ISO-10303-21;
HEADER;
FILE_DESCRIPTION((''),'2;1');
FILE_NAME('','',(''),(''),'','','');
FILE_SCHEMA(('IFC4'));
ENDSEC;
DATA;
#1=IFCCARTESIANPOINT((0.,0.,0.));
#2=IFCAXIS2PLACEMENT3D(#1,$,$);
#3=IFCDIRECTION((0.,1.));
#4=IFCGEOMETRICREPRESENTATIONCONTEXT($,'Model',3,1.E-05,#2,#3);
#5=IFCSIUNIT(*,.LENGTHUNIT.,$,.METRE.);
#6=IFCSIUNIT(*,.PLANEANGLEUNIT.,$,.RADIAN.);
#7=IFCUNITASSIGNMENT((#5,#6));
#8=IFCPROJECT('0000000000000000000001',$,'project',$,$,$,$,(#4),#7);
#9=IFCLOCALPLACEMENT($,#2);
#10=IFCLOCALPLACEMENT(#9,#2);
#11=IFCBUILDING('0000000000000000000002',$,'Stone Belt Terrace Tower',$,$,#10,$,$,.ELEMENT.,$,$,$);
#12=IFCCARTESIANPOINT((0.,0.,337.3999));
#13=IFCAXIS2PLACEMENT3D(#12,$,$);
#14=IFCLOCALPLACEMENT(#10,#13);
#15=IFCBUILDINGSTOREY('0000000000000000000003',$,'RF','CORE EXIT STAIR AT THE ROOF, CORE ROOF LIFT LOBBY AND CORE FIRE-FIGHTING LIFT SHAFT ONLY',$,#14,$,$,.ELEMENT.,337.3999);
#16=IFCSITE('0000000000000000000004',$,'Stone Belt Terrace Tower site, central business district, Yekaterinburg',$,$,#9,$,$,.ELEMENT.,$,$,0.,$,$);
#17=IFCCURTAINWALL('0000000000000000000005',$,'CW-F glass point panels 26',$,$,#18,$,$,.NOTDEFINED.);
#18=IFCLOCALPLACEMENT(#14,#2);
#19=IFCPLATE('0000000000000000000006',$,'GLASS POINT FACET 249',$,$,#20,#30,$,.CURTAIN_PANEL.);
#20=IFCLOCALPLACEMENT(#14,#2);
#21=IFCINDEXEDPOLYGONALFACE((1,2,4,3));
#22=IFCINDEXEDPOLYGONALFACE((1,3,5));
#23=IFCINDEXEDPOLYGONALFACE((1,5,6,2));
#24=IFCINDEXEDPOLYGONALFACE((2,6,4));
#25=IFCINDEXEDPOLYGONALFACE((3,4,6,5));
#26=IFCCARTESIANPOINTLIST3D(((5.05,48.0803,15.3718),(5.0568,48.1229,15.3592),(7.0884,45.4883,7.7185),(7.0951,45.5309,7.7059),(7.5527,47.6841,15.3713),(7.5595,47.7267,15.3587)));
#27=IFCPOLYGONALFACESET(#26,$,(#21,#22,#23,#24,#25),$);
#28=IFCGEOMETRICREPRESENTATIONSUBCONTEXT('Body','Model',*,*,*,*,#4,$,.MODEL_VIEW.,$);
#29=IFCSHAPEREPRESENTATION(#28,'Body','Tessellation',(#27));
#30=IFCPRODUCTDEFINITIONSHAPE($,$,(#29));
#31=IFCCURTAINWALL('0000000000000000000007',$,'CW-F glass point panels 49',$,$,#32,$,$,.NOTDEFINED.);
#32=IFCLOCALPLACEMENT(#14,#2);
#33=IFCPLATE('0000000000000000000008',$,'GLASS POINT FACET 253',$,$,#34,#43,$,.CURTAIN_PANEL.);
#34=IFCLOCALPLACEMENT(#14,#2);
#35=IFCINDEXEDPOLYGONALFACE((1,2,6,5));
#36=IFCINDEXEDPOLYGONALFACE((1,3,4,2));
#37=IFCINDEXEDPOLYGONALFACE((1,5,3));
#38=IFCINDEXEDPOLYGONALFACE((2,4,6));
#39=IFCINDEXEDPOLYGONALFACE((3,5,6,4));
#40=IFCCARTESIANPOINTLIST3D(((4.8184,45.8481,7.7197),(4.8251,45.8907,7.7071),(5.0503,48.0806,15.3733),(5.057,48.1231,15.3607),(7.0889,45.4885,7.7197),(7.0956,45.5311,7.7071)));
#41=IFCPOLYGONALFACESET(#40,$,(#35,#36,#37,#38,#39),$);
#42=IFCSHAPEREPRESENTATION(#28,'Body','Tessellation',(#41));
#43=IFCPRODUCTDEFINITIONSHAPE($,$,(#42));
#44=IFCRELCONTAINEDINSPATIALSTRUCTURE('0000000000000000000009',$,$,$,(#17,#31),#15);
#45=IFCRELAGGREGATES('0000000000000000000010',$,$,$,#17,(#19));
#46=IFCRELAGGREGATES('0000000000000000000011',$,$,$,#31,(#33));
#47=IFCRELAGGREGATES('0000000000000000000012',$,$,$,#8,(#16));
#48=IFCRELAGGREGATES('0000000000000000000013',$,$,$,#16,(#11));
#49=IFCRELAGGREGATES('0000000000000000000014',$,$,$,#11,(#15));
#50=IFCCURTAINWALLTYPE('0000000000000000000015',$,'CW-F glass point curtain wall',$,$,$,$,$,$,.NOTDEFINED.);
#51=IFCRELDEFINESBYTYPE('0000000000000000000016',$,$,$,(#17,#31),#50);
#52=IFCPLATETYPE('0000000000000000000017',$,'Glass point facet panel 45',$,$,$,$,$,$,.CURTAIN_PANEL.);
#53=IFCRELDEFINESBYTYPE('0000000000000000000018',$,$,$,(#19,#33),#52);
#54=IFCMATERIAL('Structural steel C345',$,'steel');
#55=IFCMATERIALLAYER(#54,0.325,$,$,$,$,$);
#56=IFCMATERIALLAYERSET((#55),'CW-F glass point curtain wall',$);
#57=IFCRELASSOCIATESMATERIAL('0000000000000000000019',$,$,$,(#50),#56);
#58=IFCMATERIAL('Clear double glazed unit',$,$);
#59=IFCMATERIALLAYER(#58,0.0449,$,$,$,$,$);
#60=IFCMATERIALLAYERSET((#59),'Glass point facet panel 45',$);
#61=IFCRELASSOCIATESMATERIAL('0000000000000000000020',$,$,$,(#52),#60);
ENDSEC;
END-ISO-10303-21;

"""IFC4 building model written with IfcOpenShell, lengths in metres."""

from ifc_helpers import new_model, si_unit, direction, frame, origin, place, context, subcontext, project, spatial, polyline, outline, extrude, material, layer, layer_set, type_object, element, aggregate, save


model = new_model("IFC4")

# Units and contexts
model_context = context("Model", 3, precision=1e-05, world=origin(), true_north=direction((0.0, 1.0)))
body_context = subcontext(model_context, "Body", "Model", "MODEL_VIEW")
ifc_project = project(units=[si_unit("LENGTHUNIT", "METRE"), si_unit("PLANEANGLEUNIT", "RADIAN")], contexts=[model_context])

# Site, building, storey
site_placement = place(None, origin())
site = spatial("IfcSite", under=ifc_project, at=site_placement, Name="Stone Belt Terrace Tower site, central business district, Yekaterinburg", CompositionType="ELEMENT", RefElevation=0.0)
building_placement = place(site_placement, origin())
building = spatial("IfcBuilding", under=site, at=building_placement, Name="Stone Belt Terrace Tower", CompositionType="ELEMENT")
storey_placement = place(building_placement, frame((0.0, 0.0, 337.3999)))
storey = spatial("IfcBuildingStorey", under=building, at=storey_placement, Name="RF", Description="CORE EXIT STAIR AT THE ROOF, CORE ROOF LIFT LOBBY AND CORE FIRE-FIGHTING LIFT SHAFT ONLY", CompositionType="ELEMENT", Elevation=337.3999)

# Shared definitions
ifc_material_1 = material(Name="Structural steel C345", Category="steel")

# Curtain walls, plates
ifc_layer_1 = layer(ifc_material_1, 0.325)
ifc_layer_set_1 = layer_set([ifc_layer_1], Name="CW-F glass point curtain wall")
curtain_wall_type = type_object("IfcCurtainWallType", Name="CW-F glass point curtain wall", PredefinedType="NOTDEFINED", material=ifc_layer_set_1)
ifc_material_2 = material(Name="Clear double glazed unit")
ifc_layer_2 = layer(ifc_material_2, 0.0449)
ifc_layer_set_2 = layer_set([ifc_layer_2], Name="Glass point facet panel 45")
plate_type = type_object("IfcPlateType", Name="Glass point facet panel 45", PredefinedType="CURTAIN_PANEL", material=ifc_layer_set_2)
curtain_wall_1_placement = place(storey_placement, origin())
curtain_wall_1 = element("IfcCurtainWall", 1, at=curtain_wall_1_placement, inside=storey, type_object=curtain_wall_type, Name="CW-F glass point panels 26", PredefinedType="NOTDEFINED")
plate_1_placement = place(storey_placement, frame((5.05, 48.0803, 15.3718), z_axis=(-0.15002, -0.947887, 0.281077), x_axis=(0.987697, -0.156378, -0.000193)))
plate_1 = element("IfcPlate", 2, at=plate_1_placement, type_object=plate_type, Name="GLASS POINT FACET 249", PredefinedType="CURTAIN_PANEL", context=body_context, shape_type="SweptSolid", body=[
    extrude(outline(polyline([(0.0, 0.0), (2.5339, 0.0), (2.4201, -7.9743), (0.0, 0.0)])), origin(), (0.0, 0.0, -1.0), 0.0449),
])
aggregate(curtain_wall_1, [plate_1])
curtain_wall_2_placement = place(storey_placement, origin())
curtain_wall_2 = element("IfcCurtainWall", 3, at=curtain_wall_2_placement, inside=storey, type_object=curtain_wall_type, Name="CW-F glass point panels 49", PredefinedType="NOTDEFINED")
plate_2_placement = place(storey_placement, frame((5.0503, 48.0806, 15.3733), z_axis=(-0.150132, -0.947883, 0.281032), x_axis=(0.244616, -0.311029, -0.918381)))
plate_2 = element("IfcPlate", 4, at=plate_2_placement, type_object=plate_type, Name="GLASS POINT FACET 253", PredefinedType="CURTAIN_PANEL", context=body_context, shape_type="SweptSolid", body=[
    extrude(outline(polyline([(0.0, 0.0), (8.3338, 0.0), (7.6665, -2.1998), (0.0, 0.0)])), origin(), (0.0, 0.0, -1.0), 0.0449),
])
aggregate(curtain_wall_2, [plate_2])

save(model, "model.ifc")
